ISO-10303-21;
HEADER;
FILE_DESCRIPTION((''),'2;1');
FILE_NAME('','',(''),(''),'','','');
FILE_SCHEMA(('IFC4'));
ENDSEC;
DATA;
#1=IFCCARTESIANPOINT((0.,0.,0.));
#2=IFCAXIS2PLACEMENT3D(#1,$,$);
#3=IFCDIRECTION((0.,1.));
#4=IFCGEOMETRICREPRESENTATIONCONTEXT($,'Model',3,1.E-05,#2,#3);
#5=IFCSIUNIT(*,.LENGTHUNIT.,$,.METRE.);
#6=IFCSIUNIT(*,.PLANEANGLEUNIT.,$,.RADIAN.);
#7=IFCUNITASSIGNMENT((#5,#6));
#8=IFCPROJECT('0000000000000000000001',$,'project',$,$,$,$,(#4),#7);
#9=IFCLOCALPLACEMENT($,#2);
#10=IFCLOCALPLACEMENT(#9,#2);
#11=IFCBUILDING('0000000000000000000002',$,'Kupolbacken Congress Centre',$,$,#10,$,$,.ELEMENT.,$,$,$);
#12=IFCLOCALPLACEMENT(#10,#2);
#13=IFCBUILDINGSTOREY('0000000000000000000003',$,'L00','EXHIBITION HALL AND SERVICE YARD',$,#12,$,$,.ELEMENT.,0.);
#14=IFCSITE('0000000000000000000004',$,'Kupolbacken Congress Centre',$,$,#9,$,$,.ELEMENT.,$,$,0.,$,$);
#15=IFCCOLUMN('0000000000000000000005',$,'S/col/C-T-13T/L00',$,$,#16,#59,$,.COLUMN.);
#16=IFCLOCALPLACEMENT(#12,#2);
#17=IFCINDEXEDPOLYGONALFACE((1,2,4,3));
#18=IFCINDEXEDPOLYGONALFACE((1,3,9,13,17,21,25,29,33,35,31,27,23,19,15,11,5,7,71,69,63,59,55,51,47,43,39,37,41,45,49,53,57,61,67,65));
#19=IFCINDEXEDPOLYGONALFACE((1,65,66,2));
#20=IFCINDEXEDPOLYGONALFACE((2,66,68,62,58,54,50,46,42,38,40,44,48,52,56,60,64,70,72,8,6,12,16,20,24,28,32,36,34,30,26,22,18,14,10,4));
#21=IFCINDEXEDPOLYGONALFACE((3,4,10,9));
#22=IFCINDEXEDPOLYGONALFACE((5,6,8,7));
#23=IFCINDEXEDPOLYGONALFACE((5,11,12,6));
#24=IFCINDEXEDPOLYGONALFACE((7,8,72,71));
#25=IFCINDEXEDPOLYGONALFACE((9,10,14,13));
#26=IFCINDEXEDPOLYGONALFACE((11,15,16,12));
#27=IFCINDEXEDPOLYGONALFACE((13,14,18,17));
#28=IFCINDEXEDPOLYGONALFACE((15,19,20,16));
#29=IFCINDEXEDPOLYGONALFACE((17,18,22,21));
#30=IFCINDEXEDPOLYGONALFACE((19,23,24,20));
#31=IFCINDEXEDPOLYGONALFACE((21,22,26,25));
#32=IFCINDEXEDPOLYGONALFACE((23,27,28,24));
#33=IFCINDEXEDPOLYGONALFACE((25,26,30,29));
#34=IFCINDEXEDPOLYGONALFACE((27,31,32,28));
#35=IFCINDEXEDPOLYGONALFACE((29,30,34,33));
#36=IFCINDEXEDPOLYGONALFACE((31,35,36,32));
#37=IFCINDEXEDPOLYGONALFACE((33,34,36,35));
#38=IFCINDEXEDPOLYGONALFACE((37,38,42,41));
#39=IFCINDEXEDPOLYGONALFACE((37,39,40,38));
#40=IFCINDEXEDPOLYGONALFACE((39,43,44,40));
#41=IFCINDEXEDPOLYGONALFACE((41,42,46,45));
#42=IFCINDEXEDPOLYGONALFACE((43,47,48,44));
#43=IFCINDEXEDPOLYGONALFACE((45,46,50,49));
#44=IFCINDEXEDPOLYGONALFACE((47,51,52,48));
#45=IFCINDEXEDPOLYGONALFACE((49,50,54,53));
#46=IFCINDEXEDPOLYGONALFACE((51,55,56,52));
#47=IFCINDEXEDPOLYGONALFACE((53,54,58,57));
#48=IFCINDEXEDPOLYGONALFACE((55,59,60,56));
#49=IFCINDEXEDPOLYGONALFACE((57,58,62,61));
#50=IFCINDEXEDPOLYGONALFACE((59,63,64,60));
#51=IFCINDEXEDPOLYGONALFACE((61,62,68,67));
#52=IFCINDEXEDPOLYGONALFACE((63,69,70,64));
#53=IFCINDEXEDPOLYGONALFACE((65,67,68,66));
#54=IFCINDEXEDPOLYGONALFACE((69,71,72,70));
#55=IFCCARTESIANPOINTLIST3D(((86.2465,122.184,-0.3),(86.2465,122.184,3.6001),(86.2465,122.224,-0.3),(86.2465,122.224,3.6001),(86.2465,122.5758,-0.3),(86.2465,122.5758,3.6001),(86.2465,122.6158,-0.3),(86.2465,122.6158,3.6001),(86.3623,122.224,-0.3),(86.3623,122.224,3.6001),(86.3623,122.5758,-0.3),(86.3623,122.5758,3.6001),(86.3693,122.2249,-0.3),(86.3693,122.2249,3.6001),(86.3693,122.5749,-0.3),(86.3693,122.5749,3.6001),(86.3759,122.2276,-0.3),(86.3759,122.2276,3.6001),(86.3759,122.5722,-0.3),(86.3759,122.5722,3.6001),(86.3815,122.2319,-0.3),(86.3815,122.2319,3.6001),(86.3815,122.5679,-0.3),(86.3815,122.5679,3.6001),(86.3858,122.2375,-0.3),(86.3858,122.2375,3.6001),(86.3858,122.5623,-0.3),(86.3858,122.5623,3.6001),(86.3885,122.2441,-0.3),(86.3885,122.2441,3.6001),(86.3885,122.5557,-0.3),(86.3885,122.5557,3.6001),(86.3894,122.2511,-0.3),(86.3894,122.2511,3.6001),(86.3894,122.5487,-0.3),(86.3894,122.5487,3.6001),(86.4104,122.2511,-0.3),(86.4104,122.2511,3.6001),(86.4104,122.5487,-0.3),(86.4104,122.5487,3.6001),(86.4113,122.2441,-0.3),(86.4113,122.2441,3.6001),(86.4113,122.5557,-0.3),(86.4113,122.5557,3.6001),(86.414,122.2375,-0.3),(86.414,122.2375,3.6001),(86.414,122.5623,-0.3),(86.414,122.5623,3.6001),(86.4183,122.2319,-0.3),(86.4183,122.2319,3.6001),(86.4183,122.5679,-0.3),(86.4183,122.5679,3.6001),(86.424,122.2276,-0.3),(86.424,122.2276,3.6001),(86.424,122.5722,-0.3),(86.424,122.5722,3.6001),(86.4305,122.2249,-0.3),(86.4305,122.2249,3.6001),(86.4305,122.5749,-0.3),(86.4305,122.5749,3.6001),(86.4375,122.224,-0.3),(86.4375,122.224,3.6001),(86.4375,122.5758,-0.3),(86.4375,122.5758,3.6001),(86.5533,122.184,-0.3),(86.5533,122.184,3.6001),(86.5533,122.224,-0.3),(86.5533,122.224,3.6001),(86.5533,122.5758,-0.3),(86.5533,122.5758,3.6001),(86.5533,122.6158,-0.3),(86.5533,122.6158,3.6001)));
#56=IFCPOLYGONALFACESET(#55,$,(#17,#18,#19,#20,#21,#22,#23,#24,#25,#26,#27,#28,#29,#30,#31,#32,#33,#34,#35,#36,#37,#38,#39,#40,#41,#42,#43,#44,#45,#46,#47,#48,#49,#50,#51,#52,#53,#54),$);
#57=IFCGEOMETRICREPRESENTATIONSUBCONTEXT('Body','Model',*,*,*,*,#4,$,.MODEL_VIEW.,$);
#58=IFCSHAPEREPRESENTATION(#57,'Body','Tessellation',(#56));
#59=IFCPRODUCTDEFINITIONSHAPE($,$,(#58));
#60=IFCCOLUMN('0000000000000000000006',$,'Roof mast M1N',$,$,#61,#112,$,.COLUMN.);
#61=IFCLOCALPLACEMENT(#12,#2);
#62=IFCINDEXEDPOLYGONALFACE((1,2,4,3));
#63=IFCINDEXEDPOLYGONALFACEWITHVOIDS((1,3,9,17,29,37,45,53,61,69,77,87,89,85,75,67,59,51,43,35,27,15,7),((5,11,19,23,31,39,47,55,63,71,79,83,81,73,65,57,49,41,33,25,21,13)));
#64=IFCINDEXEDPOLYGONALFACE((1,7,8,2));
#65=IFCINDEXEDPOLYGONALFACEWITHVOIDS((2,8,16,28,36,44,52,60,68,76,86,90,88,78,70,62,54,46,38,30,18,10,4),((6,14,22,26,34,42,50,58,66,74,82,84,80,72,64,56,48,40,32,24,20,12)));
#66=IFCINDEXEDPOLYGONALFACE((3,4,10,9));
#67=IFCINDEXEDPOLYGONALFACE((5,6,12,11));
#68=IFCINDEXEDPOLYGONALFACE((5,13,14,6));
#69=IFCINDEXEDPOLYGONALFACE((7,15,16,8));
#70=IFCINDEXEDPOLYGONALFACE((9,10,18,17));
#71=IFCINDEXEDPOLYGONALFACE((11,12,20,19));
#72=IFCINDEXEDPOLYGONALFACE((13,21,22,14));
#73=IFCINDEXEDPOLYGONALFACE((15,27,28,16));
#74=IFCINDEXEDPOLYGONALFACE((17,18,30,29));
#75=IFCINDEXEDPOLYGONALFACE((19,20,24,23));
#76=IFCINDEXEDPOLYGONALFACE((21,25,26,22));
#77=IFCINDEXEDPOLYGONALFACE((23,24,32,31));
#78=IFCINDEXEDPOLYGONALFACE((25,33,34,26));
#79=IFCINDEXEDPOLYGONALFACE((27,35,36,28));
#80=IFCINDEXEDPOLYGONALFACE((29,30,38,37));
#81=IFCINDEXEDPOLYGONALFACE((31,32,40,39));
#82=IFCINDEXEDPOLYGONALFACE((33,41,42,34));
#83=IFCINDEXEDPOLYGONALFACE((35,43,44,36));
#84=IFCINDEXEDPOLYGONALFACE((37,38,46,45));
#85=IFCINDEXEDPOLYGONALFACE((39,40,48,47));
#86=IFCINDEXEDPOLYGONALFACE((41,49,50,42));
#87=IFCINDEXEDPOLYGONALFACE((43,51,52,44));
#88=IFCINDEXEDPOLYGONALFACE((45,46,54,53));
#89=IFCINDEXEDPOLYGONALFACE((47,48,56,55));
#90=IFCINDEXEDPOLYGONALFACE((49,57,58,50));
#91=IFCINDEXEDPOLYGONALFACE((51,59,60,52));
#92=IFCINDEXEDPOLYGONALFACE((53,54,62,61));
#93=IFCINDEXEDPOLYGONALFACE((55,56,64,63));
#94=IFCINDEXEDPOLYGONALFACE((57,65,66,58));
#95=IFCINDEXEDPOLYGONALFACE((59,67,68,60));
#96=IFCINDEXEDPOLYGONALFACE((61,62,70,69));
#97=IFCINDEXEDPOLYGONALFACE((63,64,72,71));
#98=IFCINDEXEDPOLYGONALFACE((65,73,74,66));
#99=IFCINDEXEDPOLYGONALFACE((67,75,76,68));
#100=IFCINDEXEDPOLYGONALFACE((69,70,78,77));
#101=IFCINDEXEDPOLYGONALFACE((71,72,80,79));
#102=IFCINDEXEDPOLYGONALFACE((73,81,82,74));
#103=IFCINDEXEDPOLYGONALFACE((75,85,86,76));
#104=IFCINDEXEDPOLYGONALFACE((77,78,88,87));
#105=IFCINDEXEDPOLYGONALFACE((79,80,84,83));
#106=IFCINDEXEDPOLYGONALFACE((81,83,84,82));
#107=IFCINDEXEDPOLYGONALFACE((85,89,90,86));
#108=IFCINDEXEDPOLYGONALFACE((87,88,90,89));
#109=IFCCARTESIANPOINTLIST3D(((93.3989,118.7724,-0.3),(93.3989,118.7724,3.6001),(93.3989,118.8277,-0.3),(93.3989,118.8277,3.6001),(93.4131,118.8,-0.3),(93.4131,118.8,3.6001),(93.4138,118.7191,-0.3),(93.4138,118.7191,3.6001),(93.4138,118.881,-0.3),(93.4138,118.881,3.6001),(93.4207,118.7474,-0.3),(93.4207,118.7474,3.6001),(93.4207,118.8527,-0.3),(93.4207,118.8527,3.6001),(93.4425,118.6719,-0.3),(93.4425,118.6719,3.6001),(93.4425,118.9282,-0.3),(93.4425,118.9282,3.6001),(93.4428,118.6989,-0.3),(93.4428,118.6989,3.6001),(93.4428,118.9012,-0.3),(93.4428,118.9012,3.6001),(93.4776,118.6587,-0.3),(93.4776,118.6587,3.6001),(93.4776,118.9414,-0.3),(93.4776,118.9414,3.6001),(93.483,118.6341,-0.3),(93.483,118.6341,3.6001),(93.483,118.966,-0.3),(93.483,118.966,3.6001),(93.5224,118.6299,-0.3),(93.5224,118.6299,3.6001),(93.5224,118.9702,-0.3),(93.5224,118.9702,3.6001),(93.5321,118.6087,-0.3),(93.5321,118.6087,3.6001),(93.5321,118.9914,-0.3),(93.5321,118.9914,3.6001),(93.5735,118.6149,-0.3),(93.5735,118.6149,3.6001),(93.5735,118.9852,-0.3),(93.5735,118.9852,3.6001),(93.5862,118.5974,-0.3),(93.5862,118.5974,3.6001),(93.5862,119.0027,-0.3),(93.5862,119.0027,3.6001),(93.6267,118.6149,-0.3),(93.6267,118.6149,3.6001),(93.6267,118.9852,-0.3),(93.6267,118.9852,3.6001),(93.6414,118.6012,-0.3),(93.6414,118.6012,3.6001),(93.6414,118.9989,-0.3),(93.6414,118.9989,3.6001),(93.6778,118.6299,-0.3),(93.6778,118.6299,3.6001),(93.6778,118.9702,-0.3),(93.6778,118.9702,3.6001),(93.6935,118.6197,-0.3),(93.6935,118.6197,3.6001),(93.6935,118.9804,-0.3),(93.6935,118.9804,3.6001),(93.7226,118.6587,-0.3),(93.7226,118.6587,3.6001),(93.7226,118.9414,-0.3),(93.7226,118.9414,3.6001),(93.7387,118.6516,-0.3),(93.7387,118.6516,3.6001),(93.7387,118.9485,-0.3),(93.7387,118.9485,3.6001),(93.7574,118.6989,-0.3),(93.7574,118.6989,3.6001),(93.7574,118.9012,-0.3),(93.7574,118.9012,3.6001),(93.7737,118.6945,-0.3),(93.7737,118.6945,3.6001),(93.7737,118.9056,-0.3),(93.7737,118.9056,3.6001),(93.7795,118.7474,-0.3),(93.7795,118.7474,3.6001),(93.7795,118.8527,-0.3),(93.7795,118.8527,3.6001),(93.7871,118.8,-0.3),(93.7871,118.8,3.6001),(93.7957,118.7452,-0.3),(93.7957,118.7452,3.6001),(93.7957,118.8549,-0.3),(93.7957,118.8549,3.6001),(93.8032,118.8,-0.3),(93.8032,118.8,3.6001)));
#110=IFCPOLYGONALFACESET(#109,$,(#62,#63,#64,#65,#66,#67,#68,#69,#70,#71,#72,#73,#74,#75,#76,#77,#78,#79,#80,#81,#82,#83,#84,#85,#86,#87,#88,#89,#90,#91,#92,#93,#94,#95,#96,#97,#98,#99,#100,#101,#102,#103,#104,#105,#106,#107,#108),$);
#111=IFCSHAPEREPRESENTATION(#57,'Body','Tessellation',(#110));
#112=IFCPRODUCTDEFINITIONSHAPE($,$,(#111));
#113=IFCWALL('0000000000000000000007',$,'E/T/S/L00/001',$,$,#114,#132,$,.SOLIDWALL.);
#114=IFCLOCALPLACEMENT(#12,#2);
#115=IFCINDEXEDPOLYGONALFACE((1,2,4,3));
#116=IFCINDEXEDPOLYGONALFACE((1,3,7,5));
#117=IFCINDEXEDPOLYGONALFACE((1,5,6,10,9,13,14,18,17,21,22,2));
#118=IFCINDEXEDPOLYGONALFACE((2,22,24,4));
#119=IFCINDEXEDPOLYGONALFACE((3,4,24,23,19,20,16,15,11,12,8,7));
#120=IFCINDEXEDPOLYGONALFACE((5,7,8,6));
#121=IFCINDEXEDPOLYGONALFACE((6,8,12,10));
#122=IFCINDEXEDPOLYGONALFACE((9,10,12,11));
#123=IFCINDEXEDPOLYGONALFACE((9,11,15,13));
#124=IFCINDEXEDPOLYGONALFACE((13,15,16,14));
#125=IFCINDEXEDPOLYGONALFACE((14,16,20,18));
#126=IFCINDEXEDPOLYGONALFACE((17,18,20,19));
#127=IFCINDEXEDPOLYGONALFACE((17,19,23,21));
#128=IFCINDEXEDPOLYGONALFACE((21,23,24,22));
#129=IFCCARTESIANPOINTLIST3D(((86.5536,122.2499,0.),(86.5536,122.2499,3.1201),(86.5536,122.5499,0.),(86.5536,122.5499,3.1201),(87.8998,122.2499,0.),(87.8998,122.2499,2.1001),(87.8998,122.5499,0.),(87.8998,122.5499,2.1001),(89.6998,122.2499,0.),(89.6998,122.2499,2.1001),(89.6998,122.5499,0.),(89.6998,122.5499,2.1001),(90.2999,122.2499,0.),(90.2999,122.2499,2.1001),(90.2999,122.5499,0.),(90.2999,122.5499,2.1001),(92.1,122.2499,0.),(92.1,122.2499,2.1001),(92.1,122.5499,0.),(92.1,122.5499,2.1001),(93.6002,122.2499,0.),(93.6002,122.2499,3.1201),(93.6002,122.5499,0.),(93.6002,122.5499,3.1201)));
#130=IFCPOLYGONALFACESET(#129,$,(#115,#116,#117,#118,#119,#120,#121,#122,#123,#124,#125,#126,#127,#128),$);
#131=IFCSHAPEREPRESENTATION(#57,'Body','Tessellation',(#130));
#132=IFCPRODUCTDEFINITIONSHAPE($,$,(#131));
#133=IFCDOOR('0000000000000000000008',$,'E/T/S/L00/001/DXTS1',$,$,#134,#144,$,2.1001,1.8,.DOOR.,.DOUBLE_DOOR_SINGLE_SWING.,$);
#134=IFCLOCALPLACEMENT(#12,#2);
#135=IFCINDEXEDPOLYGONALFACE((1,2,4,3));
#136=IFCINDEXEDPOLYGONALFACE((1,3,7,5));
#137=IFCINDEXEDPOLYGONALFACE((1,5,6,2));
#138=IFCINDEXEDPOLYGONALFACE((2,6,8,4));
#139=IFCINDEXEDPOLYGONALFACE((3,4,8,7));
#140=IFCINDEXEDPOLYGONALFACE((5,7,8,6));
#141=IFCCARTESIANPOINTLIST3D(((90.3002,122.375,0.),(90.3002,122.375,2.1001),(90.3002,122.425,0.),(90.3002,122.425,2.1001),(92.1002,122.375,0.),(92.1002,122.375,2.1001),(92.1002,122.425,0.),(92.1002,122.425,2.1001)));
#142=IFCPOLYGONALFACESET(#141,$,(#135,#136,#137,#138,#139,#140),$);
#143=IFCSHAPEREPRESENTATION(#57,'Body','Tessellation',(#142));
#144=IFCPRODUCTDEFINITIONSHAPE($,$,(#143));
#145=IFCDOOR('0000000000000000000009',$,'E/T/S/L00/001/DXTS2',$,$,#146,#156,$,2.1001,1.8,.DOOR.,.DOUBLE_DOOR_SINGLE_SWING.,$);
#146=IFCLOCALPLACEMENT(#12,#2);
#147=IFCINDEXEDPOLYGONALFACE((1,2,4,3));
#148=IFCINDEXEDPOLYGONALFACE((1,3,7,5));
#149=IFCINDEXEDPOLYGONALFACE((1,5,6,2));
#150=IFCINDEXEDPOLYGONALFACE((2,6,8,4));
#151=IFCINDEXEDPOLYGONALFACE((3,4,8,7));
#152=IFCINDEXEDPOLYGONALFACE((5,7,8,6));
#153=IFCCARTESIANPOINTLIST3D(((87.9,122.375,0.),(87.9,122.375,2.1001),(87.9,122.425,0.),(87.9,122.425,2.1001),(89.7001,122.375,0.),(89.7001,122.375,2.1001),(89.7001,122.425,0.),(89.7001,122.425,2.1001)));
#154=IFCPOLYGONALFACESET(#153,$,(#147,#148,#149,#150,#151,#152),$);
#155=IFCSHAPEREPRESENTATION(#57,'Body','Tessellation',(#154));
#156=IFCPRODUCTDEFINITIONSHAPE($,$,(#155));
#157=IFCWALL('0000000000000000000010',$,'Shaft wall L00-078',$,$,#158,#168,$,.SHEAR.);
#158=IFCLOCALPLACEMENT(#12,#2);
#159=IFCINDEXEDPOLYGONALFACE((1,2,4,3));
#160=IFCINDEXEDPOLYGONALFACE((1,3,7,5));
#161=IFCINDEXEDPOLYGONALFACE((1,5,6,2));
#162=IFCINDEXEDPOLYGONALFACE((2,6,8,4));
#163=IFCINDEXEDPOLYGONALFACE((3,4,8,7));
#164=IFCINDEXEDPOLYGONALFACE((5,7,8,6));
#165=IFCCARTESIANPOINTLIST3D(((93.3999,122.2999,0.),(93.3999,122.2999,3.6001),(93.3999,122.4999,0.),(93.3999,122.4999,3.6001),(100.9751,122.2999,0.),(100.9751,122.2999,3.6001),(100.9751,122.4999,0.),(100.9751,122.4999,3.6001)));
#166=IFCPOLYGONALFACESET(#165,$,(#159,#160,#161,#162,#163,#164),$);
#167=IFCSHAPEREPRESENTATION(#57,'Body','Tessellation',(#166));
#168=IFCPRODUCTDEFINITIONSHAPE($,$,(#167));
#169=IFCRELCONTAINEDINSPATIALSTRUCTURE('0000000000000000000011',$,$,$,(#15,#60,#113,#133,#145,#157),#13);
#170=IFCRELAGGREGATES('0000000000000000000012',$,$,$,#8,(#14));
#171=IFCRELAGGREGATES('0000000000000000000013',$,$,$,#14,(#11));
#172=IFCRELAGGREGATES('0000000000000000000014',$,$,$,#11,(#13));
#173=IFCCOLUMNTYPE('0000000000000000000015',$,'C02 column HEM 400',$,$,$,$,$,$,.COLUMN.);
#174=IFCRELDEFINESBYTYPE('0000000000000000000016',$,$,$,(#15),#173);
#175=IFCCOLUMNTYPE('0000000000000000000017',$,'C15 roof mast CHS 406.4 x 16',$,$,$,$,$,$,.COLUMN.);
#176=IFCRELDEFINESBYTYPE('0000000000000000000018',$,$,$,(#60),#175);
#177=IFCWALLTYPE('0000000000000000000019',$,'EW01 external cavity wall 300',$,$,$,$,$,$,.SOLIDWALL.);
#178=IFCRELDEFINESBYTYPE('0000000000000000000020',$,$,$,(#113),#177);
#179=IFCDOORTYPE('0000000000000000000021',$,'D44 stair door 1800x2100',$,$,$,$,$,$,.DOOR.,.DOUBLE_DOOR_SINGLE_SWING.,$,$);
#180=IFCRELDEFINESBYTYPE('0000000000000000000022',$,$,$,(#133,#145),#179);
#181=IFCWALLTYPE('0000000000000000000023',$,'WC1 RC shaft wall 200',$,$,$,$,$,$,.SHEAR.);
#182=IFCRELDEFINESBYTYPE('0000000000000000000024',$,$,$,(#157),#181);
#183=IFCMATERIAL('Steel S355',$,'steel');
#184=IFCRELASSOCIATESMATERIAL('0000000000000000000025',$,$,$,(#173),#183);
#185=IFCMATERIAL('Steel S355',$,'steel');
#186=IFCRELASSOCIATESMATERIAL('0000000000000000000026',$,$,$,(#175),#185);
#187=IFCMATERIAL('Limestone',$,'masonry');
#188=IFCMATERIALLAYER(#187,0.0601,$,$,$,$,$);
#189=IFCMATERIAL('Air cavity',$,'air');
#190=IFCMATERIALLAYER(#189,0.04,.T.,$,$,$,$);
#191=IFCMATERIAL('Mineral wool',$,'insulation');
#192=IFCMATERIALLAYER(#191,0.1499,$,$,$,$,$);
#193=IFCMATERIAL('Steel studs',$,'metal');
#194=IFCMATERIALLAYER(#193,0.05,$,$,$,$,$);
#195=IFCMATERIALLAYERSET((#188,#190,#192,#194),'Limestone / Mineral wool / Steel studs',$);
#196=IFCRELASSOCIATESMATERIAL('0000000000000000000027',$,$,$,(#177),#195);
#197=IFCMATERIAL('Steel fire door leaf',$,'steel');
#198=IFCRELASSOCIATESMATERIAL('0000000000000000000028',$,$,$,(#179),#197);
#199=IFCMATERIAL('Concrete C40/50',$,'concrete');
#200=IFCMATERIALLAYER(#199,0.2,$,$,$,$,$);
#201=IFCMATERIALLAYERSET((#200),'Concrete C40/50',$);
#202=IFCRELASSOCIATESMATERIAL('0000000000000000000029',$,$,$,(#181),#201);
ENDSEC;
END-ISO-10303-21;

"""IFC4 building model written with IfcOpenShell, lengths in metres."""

from ifc_helpers import new_model, si_unit, direction, frame, frame_2d, origin, origin_2d, place, context, subcontext, project, spatial, rectangle, hollow_circle, i_section, extrude, material, layer, layer_set, material_profile, profile_set, type_object, element, fill, save


model = new_model("IFC4")

# Units and contexts
model_context = context("Model", 3, precision=1e-05, world=origin(), true_north=direction((0.0, 1.0)))
body_context = subcontext(model_context, "Body", "Model", "MODEL_VIEW")
ifc_project = project(units=[si_unit("LENGTHUNIT", "METRE"), si_unit("PLANEANGLEUNIT", "RADIAN")], contexts=[model_context])

# Site, building, storey
site_placement = place(None, origin())
site = spatial("IfcSite", under=ifc_project, at=site_placement, Name="Kupolbacken Congress Centre", CompositionType="ELEMENT", RefElevation=0.0)
building_placement = place(site_placement, origin())
building = spatial("IfcBuilding", under=site, at=building_placement, Name="Kupolbacken Congress Centre", CompositionType="ELEMENT")
storey_placement = place(building_placement, origin())
storey = spatial("IfcBuildingStorey", under=building, at=storey_placement, Name="L00", Description="EXHIBITION HALL AND SERVICE YARD", CompositionType="ELEMENT", Elevation=0.0)

# Columns
ifc_material_1 = material(Name="Steel S355", Category="steel")
ifc_material_profile_1 = material_profile(ifc_material_1, i_section(OverallWidth=0.3069, OverallDepth=0.4319, WebThickness=0.021, FlangeThickness=0.04, FilletRadius=0.0271, at=origin_2d()), Name="HEM 400")
ifc_profile_set_1 = profile_set([ifc_material_profile_1], Name="Steel S355")
column_type_1 = type_object("IfcColumnType", Name="C02 column HEM 400", PredefinedType="COLUMN", material=ifc_profile_set_1)
column_1_placement = place(storey_placement, frame((86.3999, 122.3999, -0.3), z_axis=(0.0, 0.0, 1.0), x_axis=(1.0, 0.0, 0.0)))
element("IfcColumn", 1, at=column_1_placement, inside=storey, type_object=column_type_1, Name="S/col/C-T-13T/L00", PredefinedType="COLUMN", context=body_context, shape_type="SweptSolid", body=[
    extrude(i_section(OverallWidth=0.3069, OverallDepth=0.4319, WebThickness=0.021, FlangeThickness=0.04, FilletRadius=0.0271, at=origin_2d()), origin(), (0.0, 0.0, 1.0), 3.9001),
])
ifc_material_2 = material(Name="Steel S355", Category="steel")
ifc_material_profile_2 = material_profile(ifc_material_2, hollow_circle(Radius=0.2031, WallThickness=0.0161, at=origin_2d()), Name="CHS 406.4 x 16")
ifc_profile_set_2 = profile_set([ifc_material_profile_2], Name="Steel S355")
column_type_2 = type_object("IfcColumnType", Name="C15 roof mast CHS 406.4 x 16", PredefinedType="COLUMN", material=ifc_profile_set_2)
column_2_placement = place(storey_placement, frame((93.6001, 118.8, -0.3), z_axis=(0.0, 0.0, 1.0), x_axis=(1.0, 0.0, 0.0)))
element("IfcColumn", 2, at=column_2_placement, inside=storey, type_object=column_type_2, Name="Roof mast M1N", PredefinedType="COLUMN", context=body_context, shape_type="SweptSolid", body=[
    extrude(hollow_circle(Radius=0.2031, WallThickness=0.0161, at=origin_2d()), origin(), (0.0, 0.0, 1.0), 3.9001),
])

# Shared definitions
ifc_material_3 = material(Name="Limestone", Category="masonry")
ifc_layer_1 = layer(ifc_material_3, 0.0601)
ifc_material_4 = material(Name="Air cavity", Category="air")
ifc_layer_2 = layer(ifc_material_4, 0.04, ventilated=True)
ifc_material_5 = material(Name="Mineral wool", Category="insulation")
ifc_layer_3 = layer(ifc_material_5, 0.1499)
ifc_material_6 = material(Name="Steel studs", Category="metal")
ifc_layer_4 = layer(ifc_material_6, 0.05)
ifc_layer_set_1 = layer_set([ifc_layer_1, ifc_layer_2, ifc_layer_3, ifc_layer_4], Name="Limestone / Mineral wool / Steel studs")
wall_type_1 = type_object("IfcWallType", Name="EW01 external cavity wall 300", PredefinedType="SOLIDWALL", material=ifc_layer_set_1)

# Wall, openings, doors
wall_1_placement = place(storey_placement, frame((86.5535, 122.3999, 0.0), z_axis=(0.0, 0.0, 1.0), x_axis=(1.0, 0.0, 0.0)))
wall_1 = element("IfcWall", 3, at=wall_1_placement, inside=storey, type_object=wall_type_1, Name="E/T/S/L00/001", PredefinedType="SOLIDWALL", context=body_context, shape_type="SweptSolid", body=[
    extrude(rectangle(XDim=7.0466, YDim=0.3, at=frame_2d((3.5234, 0.0))), origin(), (0.0, 0.0, 1.0), 3.1201),
])
opening_1_placement = place(wall_1_placement, frame((3.7466, 0.0, 0.0)))
opening_1 = element("IfcOpeningElement", 4, at=opening_1_placement, cuts=wall_1, PredefinedType="OPENING", context=body_context, shape_type="SweptSolid", body=[
    extrude(rectangle(XDim=1.8, YDim=2.1001, at=frame_2d((0.8999, 1.05))), frame((0.0, 0.1599, 0.0), z_axis=(0.0, -1.0, 0.0), x_axis=(1.0, 0.0, 0.0)), (0.0, 0.0, 1.0), 0.3201),
])
opening_2_placement = place(wall_1_placement, frame((1.3464, 0.0, 0.0)))
opening_2 = element("IfcOpeningElement", 5, at=opening_2_placement, cuts=wall_1, PredefinedType="OPENING", context=body_context, shape_type="SweptSolid", body=[
    extrude(rectangle(XDim=1.8, YDim=2.1001, at=frame_2d((0.8999, 1.05))), frame((0.0, 0.1599, 0.0), z_axis=(0.0, -1.0, 0.0), x_axis=(1.0, 0.0, 0.0)), (0.0, 0.0, 1.0), 0.3201),
])
ifc_material_7 = material(Name="Steel fire door leaf", Category="steel")
door_type_1 = type_object("IfcDoorType", Name="D44 stair door 1800x2100", OperationType="DOUBLE_DOOR_SINGLE_SWING", PredefinedType="DOOR", material=ifc_material_7)
door_1_placement = place(opening_1_placement, frame((1.8, 0.0, 0.0), z_axis=(0.0, 0.0, 1.0), x_axis=(-1.0, 0.0, 0.0)))
door_1 = element("IfcDoor", 6, at=door_1_placement, inside=storey, type_object=door_type_1, Name="E/T/S/L00/001/DXTS1", OperationType="DOUBLE_DOOR_SINGLE_SWING", OverallHeight=2.1001, OverallWidth=1.8, PredefinedType="DOOR", context=body_context, shape_type="SweptSolid", body=[
    extrude(rectangle(XDim=1.8, YDim=2.1001, at=frame_2d((0.8999, 1.05))), frame((0.0, 0.0249, 0.0), z_axis=(0.0, -1.0, 0.0), x_axis=(1.0, 0.0, 0.0)), (0.0, 0.0, 1.0), 0.05),
])
fill(opening_1, door_1)
door_2_placement = place(opening_2_placement, frame((1.8, 0.0, 0.0), z_axis=(0.0, 0.0, 1.0), x_axis=(-1.0, 0.0, 0.0)))
door_2 = element("IfcDoor", 7, at=door_2_placement, inside=storey, type_object=door_type_1, Name="E/T/S/L00/001/DXTS2", OperationType="DOUBLE_DOOR_SINGLE_SWING", OverallHeight=2.1001, OverallWidth=1.8, PredefinedType="DOOR", context=body_context, shape_type="SweptSolid", body=[
    extrude(rectangle(XDim=1.8, YDim=2.1001, at=frame_2d((0.8999, 1.05))), frame((0.0, 0.0249, 0.0), z_axis=(0.0, -1.0, 0.0), x_axis=(1.0, 0.0, 0.0)), (0.0, 0.0, 1.0), 0.05),
])
fill(opening_2, door_2)

# Wall
ifc_material_8 = material(Name="Concrete C40/50", Category="concrete")
ifc_layer_5 = layer(ifc_material_8, 0.2)
ifc_layer_set_2 = layer_set([ifc_layer_5], Name="Concrete C40/50")
wall_type_2 = type_object("IfcWallType", Name="WC1 RC shaft wall 200", PredefinedType="SHEAR", material=ifc_layer_set_2)
wall_2_placement = place(storey_placement, frame((93.3999, 122.3999, 0.0), z_axis=(0.0, 0.0, 1.0), x_axis=(1.0, 0.0, 0.0)))
element("IfcWall", 8, at=wall_2_placement, inside=storey, type_object=wall_type_2, Name="Shaft wall L00-078", PredefinedType="SHEAR", context=body_context, shape_type="SweptSolid", body=[
    extrude(rectangle(XDim=7.5752, YDim=0.2, at=frame_2d((3.7876, 0.0))), origin(), (0.0, 0.0, 1.0), 3.6001),
])

save(model, "model.ifc")
